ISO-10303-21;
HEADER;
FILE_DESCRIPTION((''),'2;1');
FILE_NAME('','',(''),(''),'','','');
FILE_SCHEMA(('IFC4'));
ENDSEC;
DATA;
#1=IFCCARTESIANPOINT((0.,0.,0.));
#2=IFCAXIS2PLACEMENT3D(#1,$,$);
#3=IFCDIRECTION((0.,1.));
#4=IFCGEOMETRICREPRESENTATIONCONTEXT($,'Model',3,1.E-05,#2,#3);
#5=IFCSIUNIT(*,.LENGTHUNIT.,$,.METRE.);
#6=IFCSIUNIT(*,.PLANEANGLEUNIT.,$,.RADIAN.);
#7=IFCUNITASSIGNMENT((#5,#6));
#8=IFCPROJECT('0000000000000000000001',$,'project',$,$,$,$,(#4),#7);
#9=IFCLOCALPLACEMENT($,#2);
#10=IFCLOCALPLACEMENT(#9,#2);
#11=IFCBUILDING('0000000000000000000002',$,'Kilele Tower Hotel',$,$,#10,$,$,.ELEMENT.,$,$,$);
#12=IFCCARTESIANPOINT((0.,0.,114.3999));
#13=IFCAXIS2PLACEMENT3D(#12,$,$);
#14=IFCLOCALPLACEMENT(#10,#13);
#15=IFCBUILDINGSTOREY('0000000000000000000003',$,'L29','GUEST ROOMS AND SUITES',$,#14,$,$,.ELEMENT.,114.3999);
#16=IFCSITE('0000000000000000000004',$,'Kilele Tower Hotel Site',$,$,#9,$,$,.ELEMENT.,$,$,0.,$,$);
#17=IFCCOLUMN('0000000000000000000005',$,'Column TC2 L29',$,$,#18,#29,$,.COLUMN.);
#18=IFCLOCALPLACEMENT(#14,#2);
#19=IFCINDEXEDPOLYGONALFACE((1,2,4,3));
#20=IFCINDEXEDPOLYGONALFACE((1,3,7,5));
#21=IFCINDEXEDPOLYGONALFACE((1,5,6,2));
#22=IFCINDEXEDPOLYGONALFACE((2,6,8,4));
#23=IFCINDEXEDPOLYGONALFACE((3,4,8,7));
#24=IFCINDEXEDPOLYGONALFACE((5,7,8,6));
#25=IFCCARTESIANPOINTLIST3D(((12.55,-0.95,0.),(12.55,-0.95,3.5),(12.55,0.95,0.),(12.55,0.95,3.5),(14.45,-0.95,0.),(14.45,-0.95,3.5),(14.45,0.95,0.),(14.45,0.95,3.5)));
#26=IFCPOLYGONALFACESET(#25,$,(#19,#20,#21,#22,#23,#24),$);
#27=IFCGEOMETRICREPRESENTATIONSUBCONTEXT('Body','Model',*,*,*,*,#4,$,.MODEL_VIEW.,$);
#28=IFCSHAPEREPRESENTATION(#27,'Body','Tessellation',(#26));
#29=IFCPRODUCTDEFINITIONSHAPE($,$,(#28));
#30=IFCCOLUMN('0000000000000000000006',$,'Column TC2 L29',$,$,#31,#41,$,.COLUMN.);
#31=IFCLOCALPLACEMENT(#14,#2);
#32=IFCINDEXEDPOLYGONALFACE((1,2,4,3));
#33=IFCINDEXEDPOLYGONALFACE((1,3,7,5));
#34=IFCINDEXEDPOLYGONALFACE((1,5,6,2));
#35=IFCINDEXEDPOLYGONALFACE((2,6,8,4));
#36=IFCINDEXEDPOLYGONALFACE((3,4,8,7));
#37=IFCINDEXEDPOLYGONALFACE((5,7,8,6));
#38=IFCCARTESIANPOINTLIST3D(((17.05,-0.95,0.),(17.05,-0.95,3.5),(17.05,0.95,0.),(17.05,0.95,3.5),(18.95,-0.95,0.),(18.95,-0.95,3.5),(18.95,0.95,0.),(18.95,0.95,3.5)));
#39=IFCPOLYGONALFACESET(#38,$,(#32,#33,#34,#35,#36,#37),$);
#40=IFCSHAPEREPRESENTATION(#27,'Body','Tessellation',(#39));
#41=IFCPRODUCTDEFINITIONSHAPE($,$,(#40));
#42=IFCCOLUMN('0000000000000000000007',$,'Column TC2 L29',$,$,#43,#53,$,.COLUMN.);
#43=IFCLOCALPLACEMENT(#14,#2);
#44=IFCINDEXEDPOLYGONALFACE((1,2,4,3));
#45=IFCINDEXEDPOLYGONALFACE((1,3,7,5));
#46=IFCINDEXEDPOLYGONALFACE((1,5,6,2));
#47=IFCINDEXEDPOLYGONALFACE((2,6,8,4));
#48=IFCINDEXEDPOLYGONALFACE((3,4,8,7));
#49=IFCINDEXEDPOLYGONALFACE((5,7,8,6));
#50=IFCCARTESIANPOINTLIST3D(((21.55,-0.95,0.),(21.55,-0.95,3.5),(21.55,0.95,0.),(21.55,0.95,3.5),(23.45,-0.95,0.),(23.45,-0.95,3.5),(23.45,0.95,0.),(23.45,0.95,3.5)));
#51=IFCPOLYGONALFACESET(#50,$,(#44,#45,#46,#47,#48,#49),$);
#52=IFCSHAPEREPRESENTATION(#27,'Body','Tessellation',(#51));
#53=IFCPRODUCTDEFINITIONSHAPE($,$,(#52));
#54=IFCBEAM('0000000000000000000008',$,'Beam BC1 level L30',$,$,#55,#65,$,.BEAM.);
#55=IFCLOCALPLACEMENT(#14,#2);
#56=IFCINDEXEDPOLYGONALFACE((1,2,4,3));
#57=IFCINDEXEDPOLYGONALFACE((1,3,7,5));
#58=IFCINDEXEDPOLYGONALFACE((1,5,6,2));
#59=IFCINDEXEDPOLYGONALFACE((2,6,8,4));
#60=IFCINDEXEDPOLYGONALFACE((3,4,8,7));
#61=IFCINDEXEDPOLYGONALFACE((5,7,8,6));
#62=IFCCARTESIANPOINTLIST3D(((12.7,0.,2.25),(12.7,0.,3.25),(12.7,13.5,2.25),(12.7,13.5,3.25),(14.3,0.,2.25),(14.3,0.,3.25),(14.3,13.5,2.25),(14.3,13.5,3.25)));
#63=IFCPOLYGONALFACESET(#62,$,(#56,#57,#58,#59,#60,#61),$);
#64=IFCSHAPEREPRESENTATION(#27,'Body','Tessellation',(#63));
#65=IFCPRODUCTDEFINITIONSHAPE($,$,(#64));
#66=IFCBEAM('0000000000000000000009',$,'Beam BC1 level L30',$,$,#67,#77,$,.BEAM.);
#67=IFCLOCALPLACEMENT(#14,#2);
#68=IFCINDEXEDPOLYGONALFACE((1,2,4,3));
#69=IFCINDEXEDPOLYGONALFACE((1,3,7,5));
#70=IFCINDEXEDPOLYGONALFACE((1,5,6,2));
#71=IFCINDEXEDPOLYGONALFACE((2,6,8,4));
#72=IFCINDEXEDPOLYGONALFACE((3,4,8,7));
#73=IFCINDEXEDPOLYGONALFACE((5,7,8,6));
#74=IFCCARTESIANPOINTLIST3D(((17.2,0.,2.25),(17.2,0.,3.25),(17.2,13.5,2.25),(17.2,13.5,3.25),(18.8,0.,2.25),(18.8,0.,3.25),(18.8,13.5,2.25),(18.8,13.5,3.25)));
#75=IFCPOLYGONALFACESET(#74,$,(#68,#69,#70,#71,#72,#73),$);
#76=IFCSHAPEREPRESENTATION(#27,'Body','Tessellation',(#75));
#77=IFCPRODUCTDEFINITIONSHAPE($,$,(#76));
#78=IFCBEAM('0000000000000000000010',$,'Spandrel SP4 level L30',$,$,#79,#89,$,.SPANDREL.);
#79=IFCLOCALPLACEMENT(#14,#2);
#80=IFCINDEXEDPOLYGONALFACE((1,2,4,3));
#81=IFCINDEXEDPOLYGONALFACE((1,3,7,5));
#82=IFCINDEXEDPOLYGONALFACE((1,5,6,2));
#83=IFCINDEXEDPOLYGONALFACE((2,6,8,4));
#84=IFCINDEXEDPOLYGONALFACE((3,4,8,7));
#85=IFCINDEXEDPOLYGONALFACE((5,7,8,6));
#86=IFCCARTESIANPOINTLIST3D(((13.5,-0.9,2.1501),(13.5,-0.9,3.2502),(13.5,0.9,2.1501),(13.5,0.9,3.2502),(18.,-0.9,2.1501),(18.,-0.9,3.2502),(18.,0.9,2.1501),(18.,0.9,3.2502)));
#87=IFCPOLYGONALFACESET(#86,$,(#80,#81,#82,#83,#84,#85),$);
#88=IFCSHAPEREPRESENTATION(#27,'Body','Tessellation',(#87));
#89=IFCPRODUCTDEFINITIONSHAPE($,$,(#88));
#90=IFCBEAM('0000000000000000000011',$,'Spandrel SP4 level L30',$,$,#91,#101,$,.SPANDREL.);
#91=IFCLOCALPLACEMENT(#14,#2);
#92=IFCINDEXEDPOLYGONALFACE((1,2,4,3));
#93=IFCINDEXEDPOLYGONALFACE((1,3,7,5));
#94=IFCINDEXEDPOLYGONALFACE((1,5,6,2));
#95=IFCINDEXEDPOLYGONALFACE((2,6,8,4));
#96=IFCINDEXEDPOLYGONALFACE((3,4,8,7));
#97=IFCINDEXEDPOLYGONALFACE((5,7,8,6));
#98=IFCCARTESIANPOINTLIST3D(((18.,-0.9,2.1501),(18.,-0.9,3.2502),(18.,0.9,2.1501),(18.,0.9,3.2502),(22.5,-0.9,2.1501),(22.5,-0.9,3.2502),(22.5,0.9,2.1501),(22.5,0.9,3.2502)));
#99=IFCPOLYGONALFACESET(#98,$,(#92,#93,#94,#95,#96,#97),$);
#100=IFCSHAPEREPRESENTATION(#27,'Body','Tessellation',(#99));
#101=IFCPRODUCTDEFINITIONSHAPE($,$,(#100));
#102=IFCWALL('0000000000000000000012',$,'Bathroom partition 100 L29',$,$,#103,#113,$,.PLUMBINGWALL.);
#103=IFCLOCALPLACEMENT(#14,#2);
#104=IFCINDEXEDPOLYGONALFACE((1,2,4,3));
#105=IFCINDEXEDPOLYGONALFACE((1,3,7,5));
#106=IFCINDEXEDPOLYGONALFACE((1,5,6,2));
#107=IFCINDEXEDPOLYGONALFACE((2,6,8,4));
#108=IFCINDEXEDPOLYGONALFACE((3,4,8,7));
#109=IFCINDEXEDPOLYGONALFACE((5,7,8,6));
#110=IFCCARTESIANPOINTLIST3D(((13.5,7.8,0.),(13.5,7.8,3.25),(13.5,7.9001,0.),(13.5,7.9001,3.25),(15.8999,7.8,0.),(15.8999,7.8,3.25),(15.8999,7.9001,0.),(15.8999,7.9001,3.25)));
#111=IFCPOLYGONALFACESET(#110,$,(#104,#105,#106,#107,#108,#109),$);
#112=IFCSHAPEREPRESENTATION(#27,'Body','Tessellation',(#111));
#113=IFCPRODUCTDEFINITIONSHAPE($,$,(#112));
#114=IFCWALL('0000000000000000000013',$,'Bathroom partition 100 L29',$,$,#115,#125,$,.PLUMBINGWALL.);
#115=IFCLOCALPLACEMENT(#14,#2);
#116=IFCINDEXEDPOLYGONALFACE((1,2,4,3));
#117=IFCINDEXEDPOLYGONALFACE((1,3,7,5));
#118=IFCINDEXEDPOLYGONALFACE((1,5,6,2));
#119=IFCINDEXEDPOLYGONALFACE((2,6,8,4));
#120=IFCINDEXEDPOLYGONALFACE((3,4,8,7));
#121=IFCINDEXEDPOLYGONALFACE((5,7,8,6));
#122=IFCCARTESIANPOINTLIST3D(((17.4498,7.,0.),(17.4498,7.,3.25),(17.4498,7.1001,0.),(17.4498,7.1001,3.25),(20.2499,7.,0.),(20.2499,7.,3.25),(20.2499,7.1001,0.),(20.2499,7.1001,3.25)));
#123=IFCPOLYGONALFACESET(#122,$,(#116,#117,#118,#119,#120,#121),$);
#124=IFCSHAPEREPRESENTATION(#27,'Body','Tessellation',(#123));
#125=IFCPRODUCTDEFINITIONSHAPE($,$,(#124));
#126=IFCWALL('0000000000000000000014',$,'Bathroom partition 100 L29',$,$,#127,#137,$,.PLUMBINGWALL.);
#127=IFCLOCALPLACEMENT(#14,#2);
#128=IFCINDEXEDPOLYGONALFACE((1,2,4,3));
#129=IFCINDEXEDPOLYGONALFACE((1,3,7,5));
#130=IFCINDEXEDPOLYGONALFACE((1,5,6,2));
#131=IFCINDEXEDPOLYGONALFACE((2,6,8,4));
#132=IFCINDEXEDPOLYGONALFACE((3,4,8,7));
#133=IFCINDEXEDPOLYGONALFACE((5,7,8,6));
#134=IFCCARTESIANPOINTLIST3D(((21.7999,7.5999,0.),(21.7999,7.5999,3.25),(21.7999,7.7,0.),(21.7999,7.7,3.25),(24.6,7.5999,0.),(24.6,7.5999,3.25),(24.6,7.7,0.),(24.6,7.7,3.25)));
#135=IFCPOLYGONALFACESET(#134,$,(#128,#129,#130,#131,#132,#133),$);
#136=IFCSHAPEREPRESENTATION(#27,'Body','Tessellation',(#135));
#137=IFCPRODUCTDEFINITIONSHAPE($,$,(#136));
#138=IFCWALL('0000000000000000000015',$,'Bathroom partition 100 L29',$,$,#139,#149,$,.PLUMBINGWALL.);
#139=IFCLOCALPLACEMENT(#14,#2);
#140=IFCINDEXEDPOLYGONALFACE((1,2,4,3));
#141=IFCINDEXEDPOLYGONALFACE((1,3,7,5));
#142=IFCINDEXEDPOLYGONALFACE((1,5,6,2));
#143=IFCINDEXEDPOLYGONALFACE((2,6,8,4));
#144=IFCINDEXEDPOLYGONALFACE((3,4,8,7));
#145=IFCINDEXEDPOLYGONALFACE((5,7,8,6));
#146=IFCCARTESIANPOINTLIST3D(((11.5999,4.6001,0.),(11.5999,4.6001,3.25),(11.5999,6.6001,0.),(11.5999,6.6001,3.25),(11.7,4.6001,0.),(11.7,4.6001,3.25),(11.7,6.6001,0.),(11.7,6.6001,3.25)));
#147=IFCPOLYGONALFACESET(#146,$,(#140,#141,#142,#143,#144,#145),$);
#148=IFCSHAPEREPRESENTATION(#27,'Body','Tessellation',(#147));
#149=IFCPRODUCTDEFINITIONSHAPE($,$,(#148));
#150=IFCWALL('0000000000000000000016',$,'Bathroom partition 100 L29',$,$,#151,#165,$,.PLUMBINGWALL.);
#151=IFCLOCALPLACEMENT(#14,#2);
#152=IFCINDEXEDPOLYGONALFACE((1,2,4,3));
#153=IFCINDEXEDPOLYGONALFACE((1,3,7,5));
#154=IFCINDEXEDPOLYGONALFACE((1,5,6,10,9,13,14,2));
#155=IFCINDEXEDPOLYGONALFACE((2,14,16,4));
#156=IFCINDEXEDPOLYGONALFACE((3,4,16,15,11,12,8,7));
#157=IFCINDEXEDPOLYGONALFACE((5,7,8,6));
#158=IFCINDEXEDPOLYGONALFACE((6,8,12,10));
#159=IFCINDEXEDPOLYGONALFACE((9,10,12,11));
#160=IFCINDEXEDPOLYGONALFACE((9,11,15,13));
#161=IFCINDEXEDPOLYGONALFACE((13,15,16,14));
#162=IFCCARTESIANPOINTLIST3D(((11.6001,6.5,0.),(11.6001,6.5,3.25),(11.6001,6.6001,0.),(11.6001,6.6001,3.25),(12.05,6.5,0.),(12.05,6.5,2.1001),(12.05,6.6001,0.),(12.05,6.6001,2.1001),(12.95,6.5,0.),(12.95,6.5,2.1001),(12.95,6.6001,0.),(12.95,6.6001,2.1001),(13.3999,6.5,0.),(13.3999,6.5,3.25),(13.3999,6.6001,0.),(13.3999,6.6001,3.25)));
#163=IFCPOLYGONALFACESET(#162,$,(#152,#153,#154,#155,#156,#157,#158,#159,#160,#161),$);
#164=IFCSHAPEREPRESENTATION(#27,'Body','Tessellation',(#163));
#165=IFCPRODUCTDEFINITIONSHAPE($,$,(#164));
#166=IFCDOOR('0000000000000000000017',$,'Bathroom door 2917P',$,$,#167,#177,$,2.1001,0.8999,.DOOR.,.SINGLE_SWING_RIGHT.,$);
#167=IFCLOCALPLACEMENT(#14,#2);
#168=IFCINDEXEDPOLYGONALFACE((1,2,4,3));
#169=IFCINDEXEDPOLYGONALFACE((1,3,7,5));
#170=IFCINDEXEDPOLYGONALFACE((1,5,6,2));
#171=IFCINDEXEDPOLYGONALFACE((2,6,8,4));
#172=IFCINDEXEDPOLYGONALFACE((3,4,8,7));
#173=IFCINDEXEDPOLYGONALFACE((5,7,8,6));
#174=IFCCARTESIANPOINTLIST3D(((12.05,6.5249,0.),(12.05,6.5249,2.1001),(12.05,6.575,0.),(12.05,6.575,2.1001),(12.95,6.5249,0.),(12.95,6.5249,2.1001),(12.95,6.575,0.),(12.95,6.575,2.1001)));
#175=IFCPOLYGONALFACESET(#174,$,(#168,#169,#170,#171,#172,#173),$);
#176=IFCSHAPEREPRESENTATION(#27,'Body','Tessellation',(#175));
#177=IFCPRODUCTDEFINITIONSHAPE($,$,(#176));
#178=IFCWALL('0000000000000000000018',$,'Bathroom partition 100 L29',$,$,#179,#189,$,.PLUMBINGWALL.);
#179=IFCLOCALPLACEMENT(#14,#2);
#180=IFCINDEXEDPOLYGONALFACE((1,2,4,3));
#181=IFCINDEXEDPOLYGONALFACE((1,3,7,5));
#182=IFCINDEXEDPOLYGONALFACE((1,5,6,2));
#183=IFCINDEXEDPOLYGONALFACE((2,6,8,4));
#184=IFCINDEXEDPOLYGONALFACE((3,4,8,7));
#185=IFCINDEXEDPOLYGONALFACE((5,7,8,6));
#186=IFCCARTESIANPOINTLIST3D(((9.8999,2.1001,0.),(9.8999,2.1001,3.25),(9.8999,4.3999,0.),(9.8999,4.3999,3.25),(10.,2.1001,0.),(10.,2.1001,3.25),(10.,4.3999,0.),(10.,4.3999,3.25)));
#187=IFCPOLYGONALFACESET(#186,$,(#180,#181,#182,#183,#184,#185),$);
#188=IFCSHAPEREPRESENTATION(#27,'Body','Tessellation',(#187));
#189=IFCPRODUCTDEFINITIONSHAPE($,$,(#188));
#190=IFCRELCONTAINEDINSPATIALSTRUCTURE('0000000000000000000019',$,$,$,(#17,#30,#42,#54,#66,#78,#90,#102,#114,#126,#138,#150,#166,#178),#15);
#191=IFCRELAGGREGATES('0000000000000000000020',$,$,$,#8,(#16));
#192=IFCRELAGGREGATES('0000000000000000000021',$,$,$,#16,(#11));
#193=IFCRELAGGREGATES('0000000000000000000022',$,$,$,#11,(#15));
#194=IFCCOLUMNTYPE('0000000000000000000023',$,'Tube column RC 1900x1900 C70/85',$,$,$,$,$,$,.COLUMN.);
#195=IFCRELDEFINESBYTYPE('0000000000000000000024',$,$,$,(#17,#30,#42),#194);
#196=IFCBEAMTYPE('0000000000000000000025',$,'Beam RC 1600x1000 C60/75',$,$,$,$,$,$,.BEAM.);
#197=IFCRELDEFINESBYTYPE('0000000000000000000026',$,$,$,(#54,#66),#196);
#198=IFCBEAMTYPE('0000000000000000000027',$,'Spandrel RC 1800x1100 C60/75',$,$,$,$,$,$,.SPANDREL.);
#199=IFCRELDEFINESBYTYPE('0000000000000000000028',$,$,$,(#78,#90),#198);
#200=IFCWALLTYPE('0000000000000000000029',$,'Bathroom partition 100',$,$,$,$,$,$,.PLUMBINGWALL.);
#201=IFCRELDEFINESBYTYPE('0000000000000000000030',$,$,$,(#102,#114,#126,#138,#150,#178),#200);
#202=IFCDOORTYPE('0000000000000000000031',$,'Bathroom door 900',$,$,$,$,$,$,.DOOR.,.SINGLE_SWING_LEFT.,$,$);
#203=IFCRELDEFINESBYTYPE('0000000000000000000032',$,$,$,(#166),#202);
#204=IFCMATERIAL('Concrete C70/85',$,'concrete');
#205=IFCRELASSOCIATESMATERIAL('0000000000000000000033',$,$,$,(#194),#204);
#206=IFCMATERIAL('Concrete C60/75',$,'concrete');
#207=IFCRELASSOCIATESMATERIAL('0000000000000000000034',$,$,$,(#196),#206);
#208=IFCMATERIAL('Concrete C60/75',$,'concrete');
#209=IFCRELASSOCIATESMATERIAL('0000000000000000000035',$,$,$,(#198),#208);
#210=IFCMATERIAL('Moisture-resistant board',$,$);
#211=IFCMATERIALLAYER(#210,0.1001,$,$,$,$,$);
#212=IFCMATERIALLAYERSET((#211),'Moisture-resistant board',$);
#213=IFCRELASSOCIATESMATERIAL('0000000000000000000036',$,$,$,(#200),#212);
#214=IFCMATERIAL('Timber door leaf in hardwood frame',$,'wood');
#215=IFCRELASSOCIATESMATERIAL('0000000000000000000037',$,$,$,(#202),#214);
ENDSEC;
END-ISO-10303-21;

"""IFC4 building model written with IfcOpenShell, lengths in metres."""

from ifc_helpers import new_model, si_unit, direction, frame, frame_2d, origin, origin_2d, place, context, subcontext, project, spatial, rectangle, extrude, material, layer, layer_set, material_profile, profile_set, type_object, element, fill, save


model = new_model("IFC4")

# Units and contexts
model_context = context("Model", 3, precision=1e-05, world=origin(), true_north=direction((0.0, 1.0)))
body_context = subcontext(model_context, "Body", "Model", "MODEL_VIEW")
ifc_project = project(units=[si_unit("LENGTHUNIT", "METRE"), si_unit("PLANEANGLEUNIT", "RADIAN")], contexts=[model_context])

# Site, building, storey
site_placement = place(None, origin())
site = spatial("IfcSite", under=ifc_project, at=site_placement, Name="Kilele Tower Hotel Site", CompositionType="ELEMENT", RefElevation=0.0)
building_placement = place(site_placement, origin())
building = spatial("IfcBuilding", under=site, at=building_placement, Name="Kilele Tower Hotel", CompositionType="ELEMENT")
storey_placement = place(building_placement, frame((0.0, 0.0, 114.3999)))
storey = spatial("IfcBuildingStorey", under=building, at=storey_placement, Name="L29", Description="GUEST ROOMS AND SUITES", CompositionType="ELEMENT", Elevation=114.3999)

# Columns
ifc_material_1 = material(Name="Concrete C70/85", Category="concrete")
ifc_material_profile_1 = material_profile(ifc_material_1, rectangle(XDim=1.8999, YDim=1.8999, at=origin_2d()))
ifc_profile_set_1 = profile_set([ifc_material_profile_1], Name="Concrete C70/85")
column_type = type_object("IfcColumnType", Name="Tube column RC 1900x1900 C70/85", PredefinedType="COLUMN", material=ifc_profile_set_1)
for number, where, z_axis, x_axis, name in (
    (1, (13.5, 0.0, 0.0), (0.0, 0.0, 1.0), (1.0, 0.0, 0.0), "Column TC2 L29"),
    (2, (18.0, 0.0, 0.0), (0.0, 0.0, 1.0), (1.0, 0.0, 0.0), "Column TC2 L29"),
    (3, (22.5, 0.0, 0.0), (0.0, 0.0, 1.0), (1.0, 0.0, 0.0), "Column TC2 L29"),
):
    element("IfcColumn", number, at=place(storey_placement, frame(where, z_axis=z_axis, x_axis=x_axis)), inside=storey, type_object=column_type, Name=name, PredefinedType="COLUMN", context=body_context, shape_type="SweptSolid", body=[
        extrude(rectangle(XDim=1.8999, YDim=1.8999, at=origin_2d()), origin(), (0.0, 0.0, 1.0), 3.5),
    ])

# Beams
ifc_material_2 = material(Name="Concrete C60/75", Category="concrete")
ifc_material_profile_2 = material_profile(ifc_material_2, rectangle(XDim=1.6001, YDim=1.0, at=origin_2d()))
ifc_profile_set_2 = profile_set([ifc_material_profile_2], Name="Concrete C60/75")
beam_type_1 = type_object("IfcBeamType", Name="Beam RC 1600x1000 C60/75", PredefinedType="BEAM", material=ifc_profile_set_2)
for number, where, z_axis, x_axis, name in (
    (4, (13.5, 0.0, 2.75), (0.0, 1.0, 0.0), (-1.0, 0.0, 0.0), "Beam BC1 level L30"),
    (5, (18.0, 0.0, 2.75), (0.0, 1.0, 0.0), (-1.0, 0.0, 0.0), "Beam BC1 level L30"),
):
    element("IfcBeam", number, at=place(storey_placement, frame(where, z_axis=z_axis, x_axis=x_axis)), inside=storey, type_object=beam_type_1, Name=name, PredefinedType="BEAM", context=body_context, shape_type="SweptSolid", body=[
        extrude(rectangle(XDim=1.6001, YDim=1.0, at=origin_2d()), origin(), (0.0, 0.0, 1.0), 13.5),
    ])
ifc_material_3 = material(Name="Concrete C60/75", Category="concrete")
ifc_material_profile_3 = material_profile(ifc_material_3, rectangle(XDim=1.8, YDim=1.1001, at=origin_2d()))
ifc_profile_set_3 = profile_set([ifc_material_profile_3], Name="Concrete C60/75")
beam_type_2 = type_object("IfcBeamType", Name="Spandrel RC 1800x1100 C60/75", PredefinedType="SPANDREL", material=ifc_profile_set_3)
for number, where, z_axis, x_axis, name in (
    (6, (13.5, 0.0, 2.7002), (1.0, 0.0, 0.0), (0.0, 1.0, 0.0), "Spandrel SP4 level L30"),
    (7, (18.0, 0.0, 2.7002), (1.0, 0.0, 0.0), (0.0, 1.0, 0.0), "Spandrel SP4 level L30"),
):
    element("IfcBeam", number, at=place(storey_placement, frame(where, z_axis=z_axis, x_axis=x_axis)), inside=storey, type_object=beam_type_2, Name=name, PredefinedType="SPANDREL", context=body_context, shape_type="SweptSolid", body=[
        extrude(rectangle(XDim=1.8, YDim=1.1001, at=origin_2d()), origin(), (0.0, 0.0, 1.0), 4.5),
    ])

# Walls
ifc_material_4 = material(Name="Moisture-resistant board")
ifc_layer_1 = layer(ifc_material_4, 0.1001)
ifc_layer_set_1 = layer_set([ifc_layer_1], Name="Moisture-resistant board")
wall_type_1 = type_object("IfcWallType", Name="Bathroom partition 100", PredefinedType="PLUMBINGWALL", material=ifc_layer_set_1)
wall_1_placement = place(storey_placement, frame((13.5, 7.8501, 0.0), z_axis=(0.0, 0.0, 1.0), x_axis=(1.0, 0.0, 0.0)))
element("IfcWall", 8, at=wall_1_placement, inside=storey, type_object=wall_type_1, Name="Bathroom partition 100 L29", PredefinedType="PLUMBINGWALL", context=body_context, shape_type="SweptSolid", body=[
    extrude(rectangle(XDim=2.3999, YDim=0.1001, at=frame_2d((1.2, 0.0))), origin(), (0.0, 0.0, 1.0), 3.25),
])
for number, where, z_axis, x_axis, name in (
    (9, (17.45, 7.05, 0.0), (0.0, 0.0, 1.0), (1.0, 0.0, 0.0), "Bathroom partition 100 L29"),
    (10, (21.8, 7.6499, 0.0), (0.0, 0.0, 1.0), (1.0, 0.0, 0.0), "Bathroom partition 100 L29"),
):
    element("IfcWall", number, at=place(storey_placement, frame(where, z_axis=z_axis, x_axis=x_axis)), inside=storey, type_object=wall_type_1, Name=name, PredefinedType="PLUMBINGWALL", context=body_context, shape_type="SweptSolid", body=[
        extrude(rectangle(XDim=2.8, YDim=0.1001, at=frame_2d((1.3999, 0.0))), origin(), (0.0, 0.0, 1.0), 3.25),
    ])
wall_2_placement = place(storey_placement, frame((11.6499, 4.6001, 0.0), z_axis=(0.0, 0.0, 1.0), x_axis=(0.0, 1.0, 0.0)))
element("IfcWall", 11, at=wall_2_placement, inside=storey, type_object=wall_type_1, Name="Bathroom partition 100 L29", PredefinedType="PLUMBINGWALL", context=body_context, shape_type="SweptSolid", body=[
    extrude(rectangle(XDim=2.0, YDim=0.1001, at=frame_2d((1.0, 0.0))), origin(), (0.0, 0.0, 1.0), 3.25),
])

# Wall, opening, door
wall_3_placement = place(storey_placement, frame((13.3999, 6.55, 0.0), z_axis=(0.0, 0.0, 1.0), x_axis=(-1.0, 0.0, 0.0)))
wall_3 = element("IfcWall", 12, at=wall_3_placement, inside=storey, type_object=wall_type_1, Name="Bathroom partition 100 L29", PredefinedType="PLUMBINGWALL", context=body_context, shape_type="SweptSolid", body=[
    extrude(rectangle(XDim=1.7998, YDim=0.1001, at=frame_2d((0.8999, 0.0))), origin(), (0.0, 0.0, 1.0), 3.25),
])
opening_1_placement = place(wall_3_placement, frame((1.3499, 0.0, 0.0), z_axis=(0.0, 0.0, 1.0), x_axis=(-1.0, 0.0, 0.0)))
opening_1 = element("IfcOpeningElement", 13, at=opening_1_placement, cuts=wall_3, PredefinedType="OPENING", context=body_context, shape_type="SweptSolid", body=[
    extrude(rectangle(XDim=0.8999, YDim=2.1001, at=frame_2d((0.45, 1.05))), frame((0.0, 0.0601, 0.0), z_axis=(0.0, -1.0, 0.0), x_axis=(1.0, 0.0, 0.0)), (0.0, 0.0, 1.0), 0.1201),
])
ifc_material_5 = material(Name="Timber door leaf in hardwood frame", Category="wood")
door_type_1 = type_object("IfcDoorType", Name="Bathroom door 900", OperationType="SINGLE_SWING_LEFT", PredefinedType="DOOR", material=ifc_material_5)
door_1_placement = place(opening_1_placement, origin())
door_1 = element("IfcDoor", 14, at=door_1_placement, inside=storey, type_object=door_type_1, Name="Bathroom door 2917P", OperationType="SINGLE_SWING_RIGHT", OverallHeight=2.1001, OverallWidth=0.8999, PredefinedType="DOOR", context=body_context, shape_type="SweptSolid", body=[
    extrude(rectangle(XDim=0.8999, YDim=2.1001, at=frame_2d((0.45, 1.05))), frame((0.0, 0.0249, 0.0), z_axis=(0.0, -1.0, 0.0), x_axis=(1.0, 0.0, 0.0)), (0.0, 0.0, 1.0), 0.05),
])
fill(opening_1, door_1)

# Wall
wall_4_placement = place(storey_placement, frame((9.95, 4.3999, 0.0), z_axis=(0.0, 0.0, 1.0), x_axis=(0.0, -1.0, 0.0)))
element("IfcWall", 15, at=wall_4_placement, inside=storey, type_object=wall_type_1, Name="Bathroom partition 100 L29", PredefinedType="PLUMBINGWALL", context=body_context, shape_type="SweptSolid", body=[
    extrude(rectangle(XDim=2.2998, YDim=0.1001, at=frame_2d((1.1499, 0.0))), origin(), (0.0, 0.0, 1.0), 3.25),
])

save(model, "model.ifc")
